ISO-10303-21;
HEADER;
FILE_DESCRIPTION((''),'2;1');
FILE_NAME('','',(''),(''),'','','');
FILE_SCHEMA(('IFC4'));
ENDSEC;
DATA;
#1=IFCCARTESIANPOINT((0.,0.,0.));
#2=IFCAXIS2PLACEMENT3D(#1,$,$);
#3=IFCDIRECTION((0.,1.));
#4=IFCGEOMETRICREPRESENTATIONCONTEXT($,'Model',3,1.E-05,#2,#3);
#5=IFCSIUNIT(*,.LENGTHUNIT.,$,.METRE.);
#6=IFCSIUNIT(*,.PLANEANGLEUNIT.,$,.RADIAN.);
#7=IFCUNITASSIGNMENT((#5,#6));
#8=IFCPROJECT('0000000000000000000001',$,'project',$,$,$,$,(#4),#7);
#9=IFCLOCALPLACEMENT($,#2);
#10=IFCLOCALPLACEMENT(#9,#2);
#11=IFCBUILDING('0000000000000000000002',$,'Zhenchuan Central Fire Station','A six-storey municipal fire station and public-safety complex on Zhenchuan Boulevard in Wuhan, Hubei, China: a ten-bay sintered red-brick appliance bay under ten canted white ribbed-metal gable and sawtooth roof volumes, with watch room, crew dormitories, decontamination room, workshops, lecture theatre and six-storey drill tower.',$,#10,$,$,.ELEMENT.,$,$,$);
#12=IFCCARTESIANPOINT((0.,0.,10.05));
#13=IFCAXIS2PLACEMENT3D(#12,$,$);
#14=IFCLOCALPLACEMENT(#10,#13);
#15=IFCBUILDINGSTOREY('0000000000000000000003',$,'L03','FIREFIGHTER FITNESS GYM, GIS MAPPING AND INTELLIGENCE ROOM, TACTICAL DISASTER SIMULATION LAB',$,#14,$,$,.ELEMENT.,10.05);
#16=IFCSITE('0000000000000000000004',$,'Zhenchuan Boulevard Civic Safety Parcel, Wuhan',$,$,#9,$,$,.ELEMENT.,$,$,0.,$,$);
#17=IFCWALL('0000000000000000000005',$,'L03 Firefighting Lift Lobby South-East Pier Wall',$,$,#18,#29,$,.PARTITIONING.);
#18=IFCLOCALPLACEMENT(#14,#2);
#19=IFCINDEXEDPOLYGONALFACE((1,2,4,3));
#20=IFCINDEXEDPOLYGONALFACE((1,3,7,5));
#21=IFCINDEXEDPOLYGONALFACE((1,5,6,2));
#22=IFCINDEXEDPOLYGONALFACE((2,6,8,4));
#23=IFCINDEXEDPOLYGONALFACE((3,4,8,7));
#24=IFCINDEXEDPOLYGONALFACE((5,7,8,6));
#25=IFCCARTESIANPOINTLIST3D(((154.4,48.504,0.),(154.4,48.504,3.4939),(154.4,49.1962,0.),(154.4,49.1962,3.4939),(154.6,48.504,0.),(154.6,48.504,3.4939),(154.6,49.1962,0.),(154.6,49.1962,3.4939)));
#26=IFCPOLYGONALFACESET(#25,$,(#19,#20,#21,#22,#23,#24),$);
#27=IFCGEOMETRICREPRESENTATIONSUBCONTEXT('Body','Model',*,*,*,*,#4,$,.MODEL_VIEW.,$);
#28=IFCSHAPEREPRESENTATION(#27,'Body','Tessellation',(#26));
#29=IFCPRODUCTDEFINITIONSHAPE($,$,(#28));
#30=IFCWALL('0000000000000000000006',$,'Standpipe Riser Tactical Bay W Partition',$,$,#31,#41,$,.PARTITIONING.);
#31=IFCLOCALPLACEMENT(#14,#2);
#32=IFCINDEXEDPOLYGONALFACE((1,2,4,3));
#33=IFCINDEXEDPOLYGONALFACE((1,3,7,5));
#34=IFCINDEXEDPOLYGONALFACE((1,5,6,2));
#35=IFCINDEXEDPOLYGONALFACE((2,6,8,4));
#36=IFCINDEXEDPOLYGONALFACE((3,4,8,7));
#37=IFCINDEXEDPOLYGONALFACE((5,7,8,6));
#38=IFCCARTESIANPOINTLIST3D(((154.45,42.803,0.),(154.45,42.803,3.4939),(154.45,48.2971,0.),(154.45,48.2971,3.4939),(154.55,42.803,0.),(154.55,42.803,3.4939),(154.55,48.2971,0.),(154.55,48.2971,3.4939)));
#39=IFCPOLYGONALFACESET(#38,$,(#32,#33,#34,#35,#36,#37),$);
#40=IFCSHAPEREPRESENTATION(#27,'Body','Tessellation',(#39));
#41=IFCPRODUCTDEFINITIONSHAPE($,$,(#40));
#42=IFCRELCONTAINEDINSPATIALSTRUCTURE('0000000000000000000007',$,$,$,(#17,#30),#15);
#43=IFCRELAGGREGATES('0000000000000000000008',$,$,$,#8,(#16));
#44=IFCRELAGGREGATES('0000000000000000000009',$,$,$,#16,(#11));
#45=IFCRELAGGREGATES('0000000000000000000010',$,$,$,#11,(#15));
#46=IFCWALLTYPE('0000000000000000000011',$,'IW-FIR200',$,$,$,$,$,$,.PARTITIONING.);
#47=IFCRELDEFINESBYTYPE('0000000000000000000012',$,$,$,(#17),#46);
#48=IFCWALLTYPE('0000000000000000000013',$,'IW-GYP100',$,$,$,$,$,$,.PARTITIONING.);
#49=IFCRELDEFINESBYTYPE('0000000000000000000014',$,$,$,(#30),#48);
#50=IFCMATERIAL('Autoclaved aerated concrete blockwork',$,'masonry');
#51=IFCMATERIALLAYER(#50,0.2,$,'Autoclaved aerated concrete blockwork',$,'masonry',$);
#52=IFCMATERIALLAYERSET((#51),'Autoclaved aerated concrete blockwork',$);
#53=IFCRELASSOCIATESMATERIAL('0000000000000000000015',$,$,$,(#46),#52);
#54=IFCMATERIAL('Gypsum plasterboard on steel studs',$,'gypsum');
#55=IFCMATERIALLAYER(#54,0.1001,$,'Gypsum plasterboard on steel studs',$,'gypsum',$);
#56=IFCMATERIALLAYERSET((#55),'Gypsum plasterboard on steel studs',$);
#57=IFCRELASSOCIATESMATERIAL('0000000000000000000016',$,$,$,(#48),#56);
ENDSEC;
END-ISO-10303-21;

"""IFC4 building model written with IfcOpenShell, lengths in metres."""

from ifc_helpers import new_model, si_unit, direction, frame, frame_2d, origin, place, context, subcontext, project, spatial, rectangle, extrude, material, layer, layer_set, type_object, element, save


model = new_model("IFC4")

# Units and contexts
model_context = context("Model", 3, precision=1e-05, world=origin(), true_north=direction((0.0, 1.0)))
body_context = subcontext(model_context, "Body", "Model", "MODEL_VIEW")
ifc_project = project(units=[si_unit("LENGTHUNIT", "METRE"), si_unit("PLANEANGLEUNIT", "RADIAN")], contexts=[model_context])

# Site, building, storey
site_placement = place(None, origin())
site = spatial("IfcSite", under=ifc_project, at=site_placement, Name="Zhenchuan Boulevard Civic Safety Parcel, Wuhan", CompositionType="ELEMENT", RefElevation=0.0)
building_placement = place(site_placement, origin())
building = spatial("IfcBuilding", under=site, at=building_placement, Name="Zhenchuan Central Fire Station", Description="A six-storey municipal fire station and public-safety complex on Zhenchuan Boulevard in Wuhan, Hubei, China: a ten-bay sintered red-brick appliance bay under ten canted white ribbed-metal gable and sawtooth roof volumes, with watch room, crew dormitories, decontamination room, workshops, lecture theatre and six-storey drill tower.", CompositionType="ELEMENT")
storey_placement = place(building_placement, frame((0.0, 0.0, 10.05)))
storey = spatial("IfcBuildingStorey", under=building, at=storey_placement, Name="L03", Description="FIREFIGHTER FITNESS GYM, GIS MAPPING AND INTELLIGENCE ROOM, TACTICAL DISASTER SIMULATION LAB", CompositionType="ELEMENT", Elevation=10.05)

# Walls
ifc_material_1 = material(Name="Autoclaved aerated concrete blockwork", Category="masonry")
ifc_layer_1 = layer(ifc_material_1, 0.2, Name="Autoclaved aerated concrete blockwork", Category="masonry")
ifc_layer_set_1 = layer_set([ifc_layer_1], Name="Autoclaved aerated concrete blockwork")
wall_type_1 = type_object("IfcWallType", Name="IW-FIR200", PredefinedType="PARTITIONING", material=ifc_layer_set_1)
wall_1_placement = place(storey_placement, frame((154.5, 48.5039, 0.0), z_axis=(0.0, 0.0, 1.0), x_axis=(0.0, 1.0, 0.0)))
element("IfcWall", 1, at=wall_1_placement, inside=storey, type_object=wall_type_1, Name="L03 Firefighting Lift Lobby South-East Pier Wall", PredefinedType="PARTITIONING", context=body_context, shape_type="SweptSolid", body=[
    extrude(rectangle(XDim=0.6921, YDim=0.2, at=frame_2d((0.3462, 0.0))), origin(), (0.0, 0.0, 1.0), 3.4939),
])
ifc_material_2 = material(Name="Gypsum plasterboard on steel studs", Category="gypsum")
ifc_layer_2 = layer(ifc_material_2, 0.1001, Name="Gypsum plasterboard on steel studs", Category="gypsum")
ifc_layer_set_2 = layer_set([ifc_layer_2], Name="Gypsum plasterboard on steel studs")
wall_type_2 = type_object("IfcWallType", Name="IW-GYP100", PredefinedType="PARTITIONING", material=ifc_layer_set_2)
wall_2_placement = place(storey_placement, frame((154.5, 42.803, 0.0), z_axis=(0.0, 0.0, 1.0), x_axis=(0.0, 1.0, 0.0)))
element("IfcWall", 2, at=wall_2_placement, inside=storey, type_object=wall_type_2, Name="Standpipe Riser Tactical Bay W Partition", PredefinedType="PARTITIONING", context=body_context, shape_type="SweptSolid", body=[
    extrude(rectangle(XDim=5.4941, YDim=0.1001, at=frame_2d((2.7471, 0.0))), origin(), (0.0, 0.0, 1.0), 3.4939),
])

save(model, "model.ifc")
